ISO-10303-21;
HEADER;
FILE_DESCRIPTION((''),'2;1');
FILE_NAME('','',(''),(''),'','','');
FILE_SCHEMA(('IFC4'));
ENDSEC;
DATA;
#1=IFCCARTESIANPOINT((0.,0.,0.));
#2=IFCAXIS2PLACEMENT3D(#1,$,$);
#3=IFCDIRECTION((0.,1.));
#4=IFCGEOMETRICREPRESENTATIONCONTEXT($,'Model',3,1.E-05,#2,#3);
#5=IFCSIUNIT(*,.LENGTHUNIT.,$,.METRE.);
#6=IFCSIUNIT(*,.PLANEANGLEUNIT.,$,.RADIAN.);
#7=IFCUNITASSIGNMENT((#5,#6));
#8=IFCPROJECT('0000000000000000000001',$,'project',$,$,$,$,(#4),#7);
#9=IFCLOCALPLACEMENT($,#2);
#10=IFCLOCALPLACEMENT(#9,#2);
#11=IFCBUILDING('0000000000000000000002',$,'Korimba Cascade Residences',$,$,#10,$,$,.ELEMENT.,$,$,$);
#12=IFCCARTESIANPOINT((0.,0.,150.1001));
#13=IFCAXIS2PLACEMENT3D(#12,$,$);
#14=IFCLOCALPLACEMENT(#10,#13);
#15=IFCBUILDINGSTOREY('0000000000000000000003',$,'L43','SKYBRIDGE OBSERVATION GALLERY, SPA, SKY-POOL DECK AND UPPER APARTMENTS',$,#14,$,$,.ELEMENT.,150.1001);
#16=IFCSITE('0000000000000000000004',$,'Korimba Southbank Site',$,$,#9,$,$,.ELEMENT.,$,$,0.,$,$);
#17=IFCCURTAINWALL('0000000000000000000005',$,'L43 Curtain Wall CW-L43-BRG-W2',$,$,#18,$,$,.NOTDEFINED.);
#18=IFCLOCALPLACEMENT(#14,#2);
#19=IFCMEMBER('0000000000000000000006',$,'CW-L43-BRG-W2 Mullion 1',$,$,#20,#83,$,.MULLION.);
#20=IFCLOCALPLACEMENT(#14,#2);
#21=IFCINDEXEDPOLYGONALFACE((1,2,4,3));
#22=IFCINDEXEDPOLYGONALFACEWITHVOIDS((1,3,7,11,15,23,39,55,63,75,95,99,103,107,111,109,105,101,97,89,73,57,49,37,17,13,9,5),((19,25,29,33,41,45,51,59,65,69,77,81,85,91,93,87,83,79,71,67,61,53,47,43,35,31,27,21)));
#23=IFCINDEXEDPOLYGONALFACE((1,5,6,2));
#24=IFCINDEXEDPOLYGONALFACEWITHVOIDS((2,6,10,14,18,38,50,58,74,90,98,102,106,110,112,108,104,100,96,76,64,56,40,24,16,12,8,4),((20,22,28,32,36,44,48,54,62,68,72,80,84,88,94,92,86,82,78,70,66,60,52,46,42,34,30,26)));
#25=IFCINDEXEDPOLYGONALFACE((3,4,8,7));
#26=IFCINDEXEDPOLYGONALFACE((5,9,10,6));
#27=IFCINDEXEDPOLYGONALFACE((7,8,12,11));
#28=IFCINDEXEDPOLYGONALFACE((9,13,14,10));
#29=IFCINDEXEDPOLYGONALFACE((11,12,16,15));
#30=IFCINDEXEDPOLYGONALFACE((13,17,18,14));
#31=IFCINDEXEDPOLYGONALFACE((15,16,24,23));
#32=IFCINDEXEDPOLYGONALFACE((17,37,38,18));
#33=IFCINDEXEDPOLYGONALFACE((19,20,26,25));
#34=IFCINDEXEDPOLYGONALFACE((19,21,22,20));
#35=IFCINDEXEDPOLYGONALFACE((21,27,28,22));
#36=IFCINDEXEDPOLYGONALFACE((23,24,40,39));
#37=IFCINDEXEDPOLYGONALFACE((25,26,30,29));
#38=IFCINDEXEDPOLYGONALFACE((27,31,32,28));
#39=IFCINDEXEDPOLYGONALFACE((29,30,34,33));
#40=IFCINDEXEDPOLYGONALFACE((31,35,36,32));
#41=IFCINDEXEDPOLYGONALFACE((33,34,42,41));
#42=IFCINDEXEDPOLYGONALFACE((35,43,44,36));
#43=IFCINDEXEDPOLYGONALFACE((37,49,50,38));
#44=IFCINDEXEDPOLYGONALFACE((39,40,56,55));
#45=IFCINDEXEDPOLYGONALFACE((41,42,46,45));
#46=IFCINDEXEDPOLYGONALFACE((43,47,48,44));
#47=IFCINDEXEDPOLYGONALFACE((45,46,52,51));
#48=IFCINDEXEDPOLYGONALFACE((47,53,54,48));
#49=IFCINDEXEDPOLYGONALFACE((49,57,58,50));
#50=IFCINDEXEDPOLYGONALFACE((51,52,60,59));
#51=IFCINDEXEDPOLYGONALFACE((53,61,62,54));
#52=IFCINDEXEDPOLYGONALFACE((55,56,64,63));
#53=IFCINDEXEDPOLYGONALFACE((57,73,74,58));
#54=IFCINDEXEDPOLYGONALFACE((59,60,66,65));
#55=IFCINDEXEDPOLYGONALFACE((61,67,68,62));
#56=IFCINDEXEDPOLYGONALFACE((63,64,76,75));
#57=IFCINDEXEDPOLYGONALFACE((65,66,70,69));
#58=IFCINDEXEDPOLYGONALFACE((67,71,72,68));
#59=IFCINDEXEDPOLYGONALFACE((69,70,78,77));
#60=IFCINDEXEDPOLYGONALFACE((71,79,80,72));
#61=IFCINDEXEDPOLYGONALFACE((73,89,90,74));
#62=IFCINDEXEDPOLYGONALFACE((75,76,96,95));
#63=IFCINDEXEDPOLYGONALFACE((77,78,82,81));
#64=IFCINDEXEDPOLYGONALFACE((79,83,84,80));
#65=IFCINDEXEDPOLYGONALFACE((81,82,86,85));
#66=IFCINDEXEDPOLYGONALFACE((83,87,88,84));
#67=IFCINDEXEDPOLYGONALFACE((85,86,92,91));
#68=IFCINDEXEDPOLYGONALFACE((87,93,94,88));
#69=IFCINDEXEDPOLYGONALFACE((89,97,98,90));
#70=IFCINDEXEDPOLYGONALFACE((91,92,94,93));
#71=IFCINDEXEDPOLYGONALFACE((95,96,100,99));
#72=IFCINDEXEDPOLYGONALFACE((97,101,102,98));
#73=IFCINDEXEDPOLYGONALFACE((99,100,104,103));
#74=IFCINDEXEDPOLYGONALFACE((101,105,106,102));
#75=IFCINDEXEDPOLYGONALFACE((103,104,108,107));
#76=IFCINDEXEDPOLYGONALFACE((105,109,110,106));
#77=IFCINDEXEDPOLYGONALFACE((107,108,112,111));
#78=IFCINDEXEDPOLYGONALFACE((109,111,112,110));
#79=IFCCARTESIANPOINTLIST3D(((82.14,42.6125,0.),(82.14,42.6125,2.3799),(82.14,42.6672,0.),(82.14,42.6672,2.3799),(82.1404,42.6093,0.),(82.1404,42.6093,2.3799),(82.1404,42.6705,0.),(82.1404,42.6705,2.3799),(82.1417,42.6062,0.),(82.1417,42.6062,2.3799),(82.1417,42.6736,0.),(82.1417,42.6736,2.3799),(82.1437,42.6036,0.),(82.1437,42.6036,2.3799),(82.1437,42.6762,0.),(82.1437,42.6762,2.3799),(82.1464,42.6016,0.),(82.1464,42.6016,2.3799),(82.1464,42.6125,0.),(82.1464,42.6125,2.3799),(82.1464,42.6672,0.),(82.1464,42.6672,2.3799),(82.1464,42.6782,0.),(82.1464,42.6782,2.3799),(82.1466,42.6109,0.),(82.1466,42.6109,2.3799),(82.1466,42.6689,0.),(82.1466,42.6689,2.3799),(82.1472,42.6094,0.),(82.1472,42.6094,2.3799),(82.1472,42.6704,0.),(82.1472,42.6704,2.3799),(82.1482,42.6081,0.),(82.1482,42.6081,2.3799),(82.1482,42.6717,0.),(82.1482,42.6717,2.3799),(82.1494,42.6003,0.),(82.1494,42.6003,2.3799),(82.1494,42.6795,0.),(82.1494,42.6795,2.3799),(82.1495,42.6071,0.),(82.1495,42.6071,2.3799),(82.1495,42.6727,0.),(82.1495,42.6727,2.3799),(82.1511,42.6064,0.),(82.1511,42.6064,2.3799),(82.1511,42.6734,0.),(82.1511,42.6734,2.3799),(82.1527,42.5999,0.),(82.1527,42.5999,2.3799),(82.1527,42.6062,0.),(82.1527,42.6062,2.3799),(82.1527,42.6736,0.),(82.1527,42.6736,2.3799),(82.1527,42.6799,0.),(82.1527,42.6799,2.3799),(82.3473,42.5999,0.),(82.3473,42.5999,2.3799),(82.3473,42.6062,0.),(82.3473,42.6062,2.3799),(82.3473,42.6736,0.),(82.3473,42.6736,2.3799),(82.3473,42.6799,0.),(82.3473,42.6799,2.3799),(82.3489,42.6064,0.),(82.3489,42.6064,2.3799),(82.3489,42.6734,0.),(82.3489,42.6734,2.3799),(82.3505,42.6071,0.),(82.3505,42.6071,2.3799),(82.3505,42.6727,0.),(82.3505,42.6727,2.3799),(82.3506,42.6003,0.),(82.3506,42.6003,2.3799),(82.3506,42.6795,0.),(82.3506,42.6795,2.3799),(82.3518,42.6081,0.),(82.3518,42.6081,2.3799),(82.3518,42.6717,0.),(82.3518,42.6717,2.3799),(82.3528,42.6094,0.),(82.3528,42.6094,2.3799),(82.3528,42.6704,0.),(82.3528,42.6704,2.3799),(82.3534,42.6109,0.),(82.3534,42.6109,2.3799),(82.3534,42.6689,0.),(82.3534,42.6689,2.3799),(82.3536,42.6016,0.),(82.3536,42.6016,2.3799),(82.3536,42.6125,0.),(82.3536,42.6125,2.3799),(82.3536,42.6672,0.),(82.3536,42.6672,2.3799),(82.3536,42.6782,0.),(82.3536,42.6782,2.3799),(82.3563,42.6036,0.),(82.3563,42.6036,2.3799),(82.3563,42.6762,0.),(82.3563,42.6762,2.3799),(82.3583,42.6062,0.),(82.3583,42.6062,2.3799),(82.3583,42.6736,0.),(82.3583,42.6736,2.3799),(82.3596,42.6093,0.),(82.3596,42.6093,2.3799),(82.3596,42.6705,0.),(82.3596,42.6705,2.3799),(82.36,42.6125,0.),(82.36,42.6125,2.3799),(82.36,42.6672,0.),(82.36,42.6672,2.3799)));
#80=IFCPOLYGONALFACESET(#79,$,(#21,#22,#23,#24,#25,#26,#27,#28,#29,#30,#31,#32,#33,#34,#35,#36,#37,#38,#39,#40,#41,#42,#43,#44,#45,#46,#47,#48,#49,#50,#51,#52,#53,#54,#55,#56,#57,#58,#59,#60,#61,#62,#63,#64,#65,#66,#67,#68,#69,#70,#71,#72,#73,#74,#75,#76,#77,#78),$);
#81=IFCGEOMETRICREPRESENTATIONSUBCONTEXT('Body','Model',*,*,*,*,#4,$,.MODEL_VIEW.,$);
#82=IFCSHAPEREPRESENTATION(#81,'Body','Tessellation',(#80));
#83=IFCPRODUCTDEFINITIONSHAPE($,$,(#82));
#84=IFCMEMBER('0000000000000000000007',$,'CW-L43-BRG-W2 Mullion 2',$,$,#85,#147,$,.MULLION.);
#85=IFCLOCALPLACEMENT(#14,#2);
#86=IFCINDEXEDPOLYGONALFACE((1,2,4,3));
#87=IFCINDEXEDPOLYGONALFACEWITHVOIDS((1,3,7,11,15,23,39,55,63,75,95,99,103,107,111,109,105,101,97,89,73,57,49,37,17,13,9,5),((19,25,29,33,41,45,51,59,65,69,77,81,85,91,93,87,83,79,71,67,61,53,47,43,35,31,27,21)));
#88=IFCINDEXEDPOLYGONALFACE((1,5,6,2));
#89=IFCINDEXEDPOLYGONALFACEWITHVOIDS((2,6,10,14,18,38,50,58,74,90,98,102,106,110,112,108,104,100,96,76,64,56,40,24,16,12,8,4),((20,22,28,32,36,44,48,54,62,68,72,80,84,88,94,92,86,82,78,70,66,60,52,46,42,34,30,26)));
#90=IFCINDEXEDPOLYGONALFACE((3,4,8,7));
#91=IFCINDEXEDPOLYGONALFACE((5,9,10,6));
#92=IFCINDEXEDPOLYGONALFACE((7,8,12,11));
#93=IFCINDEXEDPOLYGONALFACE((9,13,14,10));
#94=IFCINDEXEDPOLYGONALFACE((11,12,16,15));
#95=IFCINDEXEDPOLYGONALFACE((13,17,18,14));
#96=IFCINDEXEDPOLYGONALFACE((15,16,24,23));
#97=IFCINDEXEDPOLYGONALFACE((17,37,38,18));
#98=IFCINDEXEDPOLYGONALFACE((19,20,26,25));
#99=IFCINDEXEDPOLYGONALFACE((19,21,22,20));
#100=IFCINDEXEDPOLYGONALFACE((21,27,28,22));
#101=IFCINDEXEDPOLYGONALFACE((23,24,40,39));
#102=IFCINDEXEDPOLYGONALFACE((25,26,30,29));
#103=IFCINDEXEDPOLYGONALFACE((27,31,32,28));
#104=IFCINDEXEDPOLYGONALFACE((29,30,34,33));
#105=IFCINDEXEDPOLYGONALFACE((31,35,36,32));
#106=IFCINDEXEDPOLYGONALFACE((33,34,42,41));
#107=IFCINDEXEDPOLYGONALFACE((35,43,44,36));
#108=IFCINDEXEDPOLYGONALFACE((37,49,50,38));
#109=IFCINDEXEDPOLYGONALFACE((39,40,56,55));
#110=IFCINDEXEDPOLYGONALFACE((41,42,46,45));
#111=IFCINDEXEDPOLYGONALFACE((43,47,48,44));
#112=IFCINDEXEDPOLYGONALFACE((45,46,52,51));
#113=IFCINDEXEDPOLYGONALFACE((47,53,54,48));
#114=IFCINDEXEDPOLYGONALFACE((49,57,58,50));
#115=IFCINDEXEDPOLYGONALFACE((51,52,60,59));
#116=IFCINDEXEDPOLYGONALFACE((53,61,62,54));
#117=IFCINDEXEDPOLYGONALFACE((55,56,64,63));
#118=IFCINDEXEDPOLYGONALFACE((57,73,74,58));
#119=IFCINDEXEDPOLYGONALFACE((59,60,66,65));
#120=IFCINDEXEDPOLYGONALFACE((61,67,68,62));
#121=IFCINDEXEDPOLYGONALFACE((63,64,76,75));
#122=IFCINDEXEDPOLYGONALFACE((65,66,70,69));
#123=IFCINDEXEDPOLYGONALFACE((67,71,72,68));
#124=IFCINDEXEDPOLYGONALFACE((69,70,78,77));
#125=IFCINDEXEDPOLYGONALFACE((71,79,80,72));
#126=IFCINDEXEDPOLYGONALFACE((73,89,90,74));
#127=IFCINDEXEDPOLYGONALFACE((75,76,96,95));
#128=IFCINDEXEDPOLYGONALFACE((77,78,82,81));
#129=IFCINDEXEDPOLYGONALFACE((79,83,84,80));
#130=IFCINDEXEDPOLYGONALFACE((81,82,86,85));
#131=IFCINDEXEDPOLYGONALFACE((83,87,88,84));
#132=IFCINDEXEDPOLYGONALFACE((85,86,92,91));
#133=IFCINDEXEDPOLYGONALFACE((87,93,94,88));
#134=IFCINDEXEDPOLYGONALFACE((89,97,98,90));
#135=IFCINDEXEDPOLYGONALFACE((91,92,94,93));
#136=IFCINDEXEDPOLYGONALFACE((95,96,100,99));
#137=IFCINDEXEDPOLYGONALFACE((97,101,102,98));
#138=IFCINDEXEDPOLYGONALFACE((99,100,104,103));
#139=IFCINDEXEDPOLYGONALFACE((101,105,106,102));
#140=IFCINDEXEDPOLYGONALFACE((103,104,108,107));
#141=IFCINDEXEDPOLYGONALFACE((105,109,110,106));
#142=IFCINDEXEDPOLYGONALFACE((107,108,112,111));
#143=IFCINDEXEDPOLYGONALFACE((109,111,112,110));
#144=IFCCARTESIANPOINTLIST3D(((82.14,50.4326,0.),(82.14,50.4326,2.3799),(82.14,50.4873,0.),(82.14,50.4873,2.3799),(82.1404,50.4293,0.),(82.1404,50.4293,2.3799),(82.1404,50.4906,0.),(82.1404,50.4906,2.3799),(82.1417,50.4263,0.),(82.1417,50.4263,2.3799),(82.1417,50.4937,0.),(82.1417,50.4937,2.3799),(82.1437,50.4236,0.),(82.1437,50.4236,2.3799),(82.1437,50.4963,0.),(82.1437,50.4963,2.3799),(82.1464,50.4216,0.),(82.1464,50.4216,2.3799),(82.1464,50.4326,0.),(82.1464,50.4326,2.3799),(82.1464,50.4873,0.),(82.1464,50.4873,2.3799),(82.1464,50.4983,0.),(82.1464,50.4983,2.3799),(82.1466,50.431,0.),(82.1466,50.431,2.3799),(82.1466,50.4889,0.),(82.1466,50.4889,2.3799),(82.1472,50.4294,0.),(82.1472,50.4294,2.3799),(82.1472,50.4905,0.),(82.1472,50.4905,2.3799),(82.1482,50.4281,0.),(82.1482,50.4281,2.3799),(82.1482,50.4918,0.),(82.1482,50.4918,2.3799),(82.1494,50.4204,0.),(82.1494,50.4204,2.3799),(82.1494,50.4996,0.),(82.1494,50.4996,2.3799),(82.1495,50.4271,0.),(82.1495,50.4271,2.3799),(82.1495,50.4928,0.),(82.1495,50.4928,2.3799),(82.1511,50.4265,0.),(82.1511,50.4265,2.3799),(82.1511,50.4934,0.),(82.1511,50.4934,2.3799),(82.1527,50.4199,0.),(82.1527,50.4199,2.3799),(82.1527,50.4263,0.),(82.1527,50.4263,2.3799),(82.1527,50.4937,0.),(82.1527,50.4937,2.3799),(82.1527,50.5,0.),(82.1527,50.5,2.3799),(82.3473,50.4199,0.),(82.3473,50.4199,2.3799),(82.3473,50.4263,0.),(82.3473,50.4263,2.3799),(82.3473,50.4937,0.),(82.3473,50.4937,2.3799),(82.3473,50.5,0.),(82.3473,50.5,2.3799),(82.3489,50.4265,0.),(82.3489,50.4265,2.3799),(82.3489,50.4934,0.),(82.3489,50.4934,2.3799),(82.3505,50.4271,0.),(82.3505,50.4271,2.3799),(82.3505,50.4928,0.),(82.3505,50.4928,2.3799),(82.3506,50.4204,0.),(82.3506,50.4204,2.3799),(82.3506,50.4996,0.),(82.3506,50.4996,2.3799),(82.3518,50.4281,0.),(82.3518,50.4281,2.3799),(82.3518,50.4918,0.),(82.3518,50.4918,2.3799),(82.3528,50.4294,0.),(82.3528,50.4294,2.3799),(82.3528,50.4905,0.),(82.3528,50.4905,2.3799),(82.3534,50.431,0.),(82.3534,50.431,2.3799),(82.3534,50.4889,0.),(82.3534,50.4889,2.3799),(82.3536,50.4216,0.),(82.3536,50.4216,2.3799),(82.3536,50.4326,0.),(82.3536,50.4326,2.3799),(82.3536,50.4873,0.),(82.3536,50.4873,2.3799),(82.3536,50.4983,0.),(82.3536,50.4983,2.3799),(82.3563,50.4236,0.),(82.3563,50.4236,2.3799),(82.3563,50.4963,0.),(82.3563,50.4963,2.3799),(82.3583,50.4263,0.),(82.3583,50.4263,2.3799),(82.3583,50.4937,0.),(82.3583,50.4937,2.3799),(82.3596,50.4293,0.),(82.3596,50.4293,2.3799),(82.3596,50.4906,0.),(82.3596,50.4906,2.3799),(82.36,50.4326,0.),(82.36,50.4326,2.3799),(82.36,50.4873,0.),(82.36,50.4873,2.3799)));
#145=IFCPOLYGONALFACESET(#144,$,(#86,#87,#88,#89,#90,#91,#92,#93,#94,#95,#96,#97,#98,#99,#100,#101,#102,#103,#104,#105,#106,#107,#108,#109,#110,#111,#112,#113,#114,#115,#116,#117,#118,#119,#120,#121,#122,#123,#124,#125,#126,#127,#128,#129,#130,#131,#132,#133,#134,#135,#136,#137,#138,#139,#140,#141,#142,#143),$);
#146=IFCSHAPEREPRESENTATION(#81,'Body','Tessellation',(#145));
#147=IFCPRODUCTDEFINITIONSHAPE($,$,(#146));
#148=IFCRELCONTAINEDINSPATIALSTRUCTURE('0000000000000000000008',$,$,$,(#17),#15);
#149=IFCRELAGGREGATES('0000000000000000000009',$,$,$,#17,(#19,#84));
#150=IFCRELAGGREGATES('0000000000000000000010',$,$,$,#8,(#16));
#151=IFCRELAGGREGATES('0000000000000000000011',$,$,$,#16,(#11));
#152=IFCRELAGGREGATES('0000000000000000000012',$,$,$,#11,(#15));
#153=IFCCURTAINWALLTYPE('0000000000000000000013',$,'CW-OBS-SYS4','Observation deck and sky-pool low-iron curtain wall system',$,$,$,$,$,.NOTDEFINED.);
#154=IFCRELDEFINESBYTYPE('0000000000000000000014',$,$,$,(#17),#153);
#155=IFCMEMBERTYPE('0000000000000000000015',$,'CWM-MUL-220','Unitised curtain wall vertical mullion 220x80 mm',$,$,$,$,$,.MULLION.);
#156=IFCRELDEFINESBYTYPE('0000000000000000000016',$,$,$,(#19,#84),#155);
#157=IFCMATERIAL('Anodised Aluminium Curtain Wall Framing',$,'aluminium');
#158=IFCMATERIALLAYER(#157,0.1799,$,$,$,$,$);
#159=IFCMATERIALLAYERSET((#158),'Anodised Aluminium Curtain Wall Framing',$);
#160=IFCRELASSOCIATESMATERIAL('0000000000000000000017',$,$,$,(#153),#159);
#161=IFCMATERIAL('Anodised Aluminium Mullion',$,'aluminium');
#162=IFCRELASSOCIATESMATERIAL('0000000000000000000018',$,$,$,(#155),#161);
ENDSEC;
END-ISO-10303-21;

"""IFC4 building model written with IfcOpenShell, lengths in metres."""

from ifc_helpers import new_model, si_unit, direction, frame, origin, origin_2d, place, context, subcontext, project, spatial, hollow_rectangle, extrude, material, layer, layer_set, material_profile, profile_set, type_object, element, aggregate, save


model = new_model("IFC4")

# Units and contexts
model_context = context("Model", 3, precision=1e-05, world=origin(), true_north=direction((0.0, 1.0)))
body_context = subcontext(model_context, "Body", "Model", "MODEL_VIEW")
ifc_project = project(units=[si_unit("LENGTHUNIT", "METRE"), si_unit("PLANEANGLEUNIT", "RADIAN")], contexts=[model_context])

# Site, building, storey
site_placement = place(None, origin())
site = spatial("IfcSite", under=ifc_project, at=site_placement, Name="Korimba Southbank Site", CompositionType="ELEMENT", RefElevation=0.0)
building_placement = place(site_placement, origin())
building = spatial("IfcBuilding", under=site, at=building_placement, Name="Korimba Cascade Residences", CompositionType="ELEMENT")
storey_placement = place(building_placement, frame((0.0, 0.0, 150.1001)))
storey = spatial("IfcBuildingStorey", under=building, at=storey_placement, Name="L43", Description="SKYBRIDGE OBSERVATION GALLERY, SPA, SKY-POOL DECK AND UPPER APARTMENTS", CompositionType="ELEMENT", Elevation=150.1001)

# Curtain wall, members
ifc_material_1 = material(Name="Anodised Aluminium Curtain Wall Framing", Category="aluminium")
ifc_layer_1 = layer(ifc_material_1, 0.1799)
ifc_layer_set_1 = layer_set([ifc_layer_1], Name="Anodised Aluminium Curtain Wall Framing")
curtain_wall_type = type_object("IfcCurtainWallType", Name="CW-OBS-SYS4", Description="Observation deck and sky-pool low-iron curtain wall system", PredefinedType="NOTDEFINED", material=ifc_layer_set_1)
curtain_wall_placement = place(storey_placement, origin())
curtain_wall = element("IfcCurtainWall", 1, at=curtain_wall_placement, inside=storey, type_object=curtain_wall_type, Name="L43 Curtain Wall CW-L43-BRG-W2", PredefinedType="NOTDEFINED")
ifc_material_2 = material(Name="Anodised Aluminium Mullion", Category="aluminium")
ifc_material_profile_1 = material_profile(ifc_material_2, hollow_rectangle(XDim=0.0801, YDim=0.22, WallThickness=0.0063, InnerFilletRadius=0.0063, OuterFilletRadius=0.0127, at=origin_2d()), Name="Anodised Aluminium Mullion")
ifc_profile_set_1 = profile_set([ifc_material_profile_1], Name="Anodised Aluminium Mullion")
member_type_1 = type_object("IfcMemberType", Name="CWM-MUL-220", Description="Unitised curtain wall vertical mullion 220x80 mm", PredefinedType="MULLION", material=ifc_profile_set_1)
member_1_placement = place(storey_placement, frame((82.25, 42.6399, 0.0), z_axis=(0.0, 0.0, 1.0), x_axis=(0.0, 1.0, 0.0)))
member_1 = element("IfcMember", 2, at=member_1_placement, type_object=member_type_1, Name="CW-L43-BRG-W2 Mullion 1", PredefinedType="MULLION", context=body_context, shape_type="SweptSolid", body=[
    extrude(hollow_rectangle(XDim=0.0801, YDim=0.22, WallThickness=0.0063, InnerFilletRadius=0.0063, OuterFilletRadius=0.0127, at=origin_2d()), origin(), (0.0, 0.0, 1.0), 2.3799),
])
member_2_placement = place(storey_placement, frame((82.25, 50.46, 0.0), z_axis=(0.0, 0.0, 1.0), x_axis=(0.0, 1.0, 0.0)))
member_2 = element("IfcMember", 3, at=member_2_placement, type_object=member_type_1, Name="CW-L43-BRG-W2 Mullion 2", PredefinedType="MULLION", context=body_context, shape_type="SweptSolid", body=[
    extrude(hollow_rectangle(XDim=0.0801, YDim=0.22, WallThickness=0.0063, InnerFilletRadius=0.0063, OuterFilletRadius=0.0127, at=origin_2d()), origin(), (0.0, 0.0, 1.0), 2.3799),
])

aggregate(curtain_wall, [member_1, member_2])

save(model, "model.ifc")
